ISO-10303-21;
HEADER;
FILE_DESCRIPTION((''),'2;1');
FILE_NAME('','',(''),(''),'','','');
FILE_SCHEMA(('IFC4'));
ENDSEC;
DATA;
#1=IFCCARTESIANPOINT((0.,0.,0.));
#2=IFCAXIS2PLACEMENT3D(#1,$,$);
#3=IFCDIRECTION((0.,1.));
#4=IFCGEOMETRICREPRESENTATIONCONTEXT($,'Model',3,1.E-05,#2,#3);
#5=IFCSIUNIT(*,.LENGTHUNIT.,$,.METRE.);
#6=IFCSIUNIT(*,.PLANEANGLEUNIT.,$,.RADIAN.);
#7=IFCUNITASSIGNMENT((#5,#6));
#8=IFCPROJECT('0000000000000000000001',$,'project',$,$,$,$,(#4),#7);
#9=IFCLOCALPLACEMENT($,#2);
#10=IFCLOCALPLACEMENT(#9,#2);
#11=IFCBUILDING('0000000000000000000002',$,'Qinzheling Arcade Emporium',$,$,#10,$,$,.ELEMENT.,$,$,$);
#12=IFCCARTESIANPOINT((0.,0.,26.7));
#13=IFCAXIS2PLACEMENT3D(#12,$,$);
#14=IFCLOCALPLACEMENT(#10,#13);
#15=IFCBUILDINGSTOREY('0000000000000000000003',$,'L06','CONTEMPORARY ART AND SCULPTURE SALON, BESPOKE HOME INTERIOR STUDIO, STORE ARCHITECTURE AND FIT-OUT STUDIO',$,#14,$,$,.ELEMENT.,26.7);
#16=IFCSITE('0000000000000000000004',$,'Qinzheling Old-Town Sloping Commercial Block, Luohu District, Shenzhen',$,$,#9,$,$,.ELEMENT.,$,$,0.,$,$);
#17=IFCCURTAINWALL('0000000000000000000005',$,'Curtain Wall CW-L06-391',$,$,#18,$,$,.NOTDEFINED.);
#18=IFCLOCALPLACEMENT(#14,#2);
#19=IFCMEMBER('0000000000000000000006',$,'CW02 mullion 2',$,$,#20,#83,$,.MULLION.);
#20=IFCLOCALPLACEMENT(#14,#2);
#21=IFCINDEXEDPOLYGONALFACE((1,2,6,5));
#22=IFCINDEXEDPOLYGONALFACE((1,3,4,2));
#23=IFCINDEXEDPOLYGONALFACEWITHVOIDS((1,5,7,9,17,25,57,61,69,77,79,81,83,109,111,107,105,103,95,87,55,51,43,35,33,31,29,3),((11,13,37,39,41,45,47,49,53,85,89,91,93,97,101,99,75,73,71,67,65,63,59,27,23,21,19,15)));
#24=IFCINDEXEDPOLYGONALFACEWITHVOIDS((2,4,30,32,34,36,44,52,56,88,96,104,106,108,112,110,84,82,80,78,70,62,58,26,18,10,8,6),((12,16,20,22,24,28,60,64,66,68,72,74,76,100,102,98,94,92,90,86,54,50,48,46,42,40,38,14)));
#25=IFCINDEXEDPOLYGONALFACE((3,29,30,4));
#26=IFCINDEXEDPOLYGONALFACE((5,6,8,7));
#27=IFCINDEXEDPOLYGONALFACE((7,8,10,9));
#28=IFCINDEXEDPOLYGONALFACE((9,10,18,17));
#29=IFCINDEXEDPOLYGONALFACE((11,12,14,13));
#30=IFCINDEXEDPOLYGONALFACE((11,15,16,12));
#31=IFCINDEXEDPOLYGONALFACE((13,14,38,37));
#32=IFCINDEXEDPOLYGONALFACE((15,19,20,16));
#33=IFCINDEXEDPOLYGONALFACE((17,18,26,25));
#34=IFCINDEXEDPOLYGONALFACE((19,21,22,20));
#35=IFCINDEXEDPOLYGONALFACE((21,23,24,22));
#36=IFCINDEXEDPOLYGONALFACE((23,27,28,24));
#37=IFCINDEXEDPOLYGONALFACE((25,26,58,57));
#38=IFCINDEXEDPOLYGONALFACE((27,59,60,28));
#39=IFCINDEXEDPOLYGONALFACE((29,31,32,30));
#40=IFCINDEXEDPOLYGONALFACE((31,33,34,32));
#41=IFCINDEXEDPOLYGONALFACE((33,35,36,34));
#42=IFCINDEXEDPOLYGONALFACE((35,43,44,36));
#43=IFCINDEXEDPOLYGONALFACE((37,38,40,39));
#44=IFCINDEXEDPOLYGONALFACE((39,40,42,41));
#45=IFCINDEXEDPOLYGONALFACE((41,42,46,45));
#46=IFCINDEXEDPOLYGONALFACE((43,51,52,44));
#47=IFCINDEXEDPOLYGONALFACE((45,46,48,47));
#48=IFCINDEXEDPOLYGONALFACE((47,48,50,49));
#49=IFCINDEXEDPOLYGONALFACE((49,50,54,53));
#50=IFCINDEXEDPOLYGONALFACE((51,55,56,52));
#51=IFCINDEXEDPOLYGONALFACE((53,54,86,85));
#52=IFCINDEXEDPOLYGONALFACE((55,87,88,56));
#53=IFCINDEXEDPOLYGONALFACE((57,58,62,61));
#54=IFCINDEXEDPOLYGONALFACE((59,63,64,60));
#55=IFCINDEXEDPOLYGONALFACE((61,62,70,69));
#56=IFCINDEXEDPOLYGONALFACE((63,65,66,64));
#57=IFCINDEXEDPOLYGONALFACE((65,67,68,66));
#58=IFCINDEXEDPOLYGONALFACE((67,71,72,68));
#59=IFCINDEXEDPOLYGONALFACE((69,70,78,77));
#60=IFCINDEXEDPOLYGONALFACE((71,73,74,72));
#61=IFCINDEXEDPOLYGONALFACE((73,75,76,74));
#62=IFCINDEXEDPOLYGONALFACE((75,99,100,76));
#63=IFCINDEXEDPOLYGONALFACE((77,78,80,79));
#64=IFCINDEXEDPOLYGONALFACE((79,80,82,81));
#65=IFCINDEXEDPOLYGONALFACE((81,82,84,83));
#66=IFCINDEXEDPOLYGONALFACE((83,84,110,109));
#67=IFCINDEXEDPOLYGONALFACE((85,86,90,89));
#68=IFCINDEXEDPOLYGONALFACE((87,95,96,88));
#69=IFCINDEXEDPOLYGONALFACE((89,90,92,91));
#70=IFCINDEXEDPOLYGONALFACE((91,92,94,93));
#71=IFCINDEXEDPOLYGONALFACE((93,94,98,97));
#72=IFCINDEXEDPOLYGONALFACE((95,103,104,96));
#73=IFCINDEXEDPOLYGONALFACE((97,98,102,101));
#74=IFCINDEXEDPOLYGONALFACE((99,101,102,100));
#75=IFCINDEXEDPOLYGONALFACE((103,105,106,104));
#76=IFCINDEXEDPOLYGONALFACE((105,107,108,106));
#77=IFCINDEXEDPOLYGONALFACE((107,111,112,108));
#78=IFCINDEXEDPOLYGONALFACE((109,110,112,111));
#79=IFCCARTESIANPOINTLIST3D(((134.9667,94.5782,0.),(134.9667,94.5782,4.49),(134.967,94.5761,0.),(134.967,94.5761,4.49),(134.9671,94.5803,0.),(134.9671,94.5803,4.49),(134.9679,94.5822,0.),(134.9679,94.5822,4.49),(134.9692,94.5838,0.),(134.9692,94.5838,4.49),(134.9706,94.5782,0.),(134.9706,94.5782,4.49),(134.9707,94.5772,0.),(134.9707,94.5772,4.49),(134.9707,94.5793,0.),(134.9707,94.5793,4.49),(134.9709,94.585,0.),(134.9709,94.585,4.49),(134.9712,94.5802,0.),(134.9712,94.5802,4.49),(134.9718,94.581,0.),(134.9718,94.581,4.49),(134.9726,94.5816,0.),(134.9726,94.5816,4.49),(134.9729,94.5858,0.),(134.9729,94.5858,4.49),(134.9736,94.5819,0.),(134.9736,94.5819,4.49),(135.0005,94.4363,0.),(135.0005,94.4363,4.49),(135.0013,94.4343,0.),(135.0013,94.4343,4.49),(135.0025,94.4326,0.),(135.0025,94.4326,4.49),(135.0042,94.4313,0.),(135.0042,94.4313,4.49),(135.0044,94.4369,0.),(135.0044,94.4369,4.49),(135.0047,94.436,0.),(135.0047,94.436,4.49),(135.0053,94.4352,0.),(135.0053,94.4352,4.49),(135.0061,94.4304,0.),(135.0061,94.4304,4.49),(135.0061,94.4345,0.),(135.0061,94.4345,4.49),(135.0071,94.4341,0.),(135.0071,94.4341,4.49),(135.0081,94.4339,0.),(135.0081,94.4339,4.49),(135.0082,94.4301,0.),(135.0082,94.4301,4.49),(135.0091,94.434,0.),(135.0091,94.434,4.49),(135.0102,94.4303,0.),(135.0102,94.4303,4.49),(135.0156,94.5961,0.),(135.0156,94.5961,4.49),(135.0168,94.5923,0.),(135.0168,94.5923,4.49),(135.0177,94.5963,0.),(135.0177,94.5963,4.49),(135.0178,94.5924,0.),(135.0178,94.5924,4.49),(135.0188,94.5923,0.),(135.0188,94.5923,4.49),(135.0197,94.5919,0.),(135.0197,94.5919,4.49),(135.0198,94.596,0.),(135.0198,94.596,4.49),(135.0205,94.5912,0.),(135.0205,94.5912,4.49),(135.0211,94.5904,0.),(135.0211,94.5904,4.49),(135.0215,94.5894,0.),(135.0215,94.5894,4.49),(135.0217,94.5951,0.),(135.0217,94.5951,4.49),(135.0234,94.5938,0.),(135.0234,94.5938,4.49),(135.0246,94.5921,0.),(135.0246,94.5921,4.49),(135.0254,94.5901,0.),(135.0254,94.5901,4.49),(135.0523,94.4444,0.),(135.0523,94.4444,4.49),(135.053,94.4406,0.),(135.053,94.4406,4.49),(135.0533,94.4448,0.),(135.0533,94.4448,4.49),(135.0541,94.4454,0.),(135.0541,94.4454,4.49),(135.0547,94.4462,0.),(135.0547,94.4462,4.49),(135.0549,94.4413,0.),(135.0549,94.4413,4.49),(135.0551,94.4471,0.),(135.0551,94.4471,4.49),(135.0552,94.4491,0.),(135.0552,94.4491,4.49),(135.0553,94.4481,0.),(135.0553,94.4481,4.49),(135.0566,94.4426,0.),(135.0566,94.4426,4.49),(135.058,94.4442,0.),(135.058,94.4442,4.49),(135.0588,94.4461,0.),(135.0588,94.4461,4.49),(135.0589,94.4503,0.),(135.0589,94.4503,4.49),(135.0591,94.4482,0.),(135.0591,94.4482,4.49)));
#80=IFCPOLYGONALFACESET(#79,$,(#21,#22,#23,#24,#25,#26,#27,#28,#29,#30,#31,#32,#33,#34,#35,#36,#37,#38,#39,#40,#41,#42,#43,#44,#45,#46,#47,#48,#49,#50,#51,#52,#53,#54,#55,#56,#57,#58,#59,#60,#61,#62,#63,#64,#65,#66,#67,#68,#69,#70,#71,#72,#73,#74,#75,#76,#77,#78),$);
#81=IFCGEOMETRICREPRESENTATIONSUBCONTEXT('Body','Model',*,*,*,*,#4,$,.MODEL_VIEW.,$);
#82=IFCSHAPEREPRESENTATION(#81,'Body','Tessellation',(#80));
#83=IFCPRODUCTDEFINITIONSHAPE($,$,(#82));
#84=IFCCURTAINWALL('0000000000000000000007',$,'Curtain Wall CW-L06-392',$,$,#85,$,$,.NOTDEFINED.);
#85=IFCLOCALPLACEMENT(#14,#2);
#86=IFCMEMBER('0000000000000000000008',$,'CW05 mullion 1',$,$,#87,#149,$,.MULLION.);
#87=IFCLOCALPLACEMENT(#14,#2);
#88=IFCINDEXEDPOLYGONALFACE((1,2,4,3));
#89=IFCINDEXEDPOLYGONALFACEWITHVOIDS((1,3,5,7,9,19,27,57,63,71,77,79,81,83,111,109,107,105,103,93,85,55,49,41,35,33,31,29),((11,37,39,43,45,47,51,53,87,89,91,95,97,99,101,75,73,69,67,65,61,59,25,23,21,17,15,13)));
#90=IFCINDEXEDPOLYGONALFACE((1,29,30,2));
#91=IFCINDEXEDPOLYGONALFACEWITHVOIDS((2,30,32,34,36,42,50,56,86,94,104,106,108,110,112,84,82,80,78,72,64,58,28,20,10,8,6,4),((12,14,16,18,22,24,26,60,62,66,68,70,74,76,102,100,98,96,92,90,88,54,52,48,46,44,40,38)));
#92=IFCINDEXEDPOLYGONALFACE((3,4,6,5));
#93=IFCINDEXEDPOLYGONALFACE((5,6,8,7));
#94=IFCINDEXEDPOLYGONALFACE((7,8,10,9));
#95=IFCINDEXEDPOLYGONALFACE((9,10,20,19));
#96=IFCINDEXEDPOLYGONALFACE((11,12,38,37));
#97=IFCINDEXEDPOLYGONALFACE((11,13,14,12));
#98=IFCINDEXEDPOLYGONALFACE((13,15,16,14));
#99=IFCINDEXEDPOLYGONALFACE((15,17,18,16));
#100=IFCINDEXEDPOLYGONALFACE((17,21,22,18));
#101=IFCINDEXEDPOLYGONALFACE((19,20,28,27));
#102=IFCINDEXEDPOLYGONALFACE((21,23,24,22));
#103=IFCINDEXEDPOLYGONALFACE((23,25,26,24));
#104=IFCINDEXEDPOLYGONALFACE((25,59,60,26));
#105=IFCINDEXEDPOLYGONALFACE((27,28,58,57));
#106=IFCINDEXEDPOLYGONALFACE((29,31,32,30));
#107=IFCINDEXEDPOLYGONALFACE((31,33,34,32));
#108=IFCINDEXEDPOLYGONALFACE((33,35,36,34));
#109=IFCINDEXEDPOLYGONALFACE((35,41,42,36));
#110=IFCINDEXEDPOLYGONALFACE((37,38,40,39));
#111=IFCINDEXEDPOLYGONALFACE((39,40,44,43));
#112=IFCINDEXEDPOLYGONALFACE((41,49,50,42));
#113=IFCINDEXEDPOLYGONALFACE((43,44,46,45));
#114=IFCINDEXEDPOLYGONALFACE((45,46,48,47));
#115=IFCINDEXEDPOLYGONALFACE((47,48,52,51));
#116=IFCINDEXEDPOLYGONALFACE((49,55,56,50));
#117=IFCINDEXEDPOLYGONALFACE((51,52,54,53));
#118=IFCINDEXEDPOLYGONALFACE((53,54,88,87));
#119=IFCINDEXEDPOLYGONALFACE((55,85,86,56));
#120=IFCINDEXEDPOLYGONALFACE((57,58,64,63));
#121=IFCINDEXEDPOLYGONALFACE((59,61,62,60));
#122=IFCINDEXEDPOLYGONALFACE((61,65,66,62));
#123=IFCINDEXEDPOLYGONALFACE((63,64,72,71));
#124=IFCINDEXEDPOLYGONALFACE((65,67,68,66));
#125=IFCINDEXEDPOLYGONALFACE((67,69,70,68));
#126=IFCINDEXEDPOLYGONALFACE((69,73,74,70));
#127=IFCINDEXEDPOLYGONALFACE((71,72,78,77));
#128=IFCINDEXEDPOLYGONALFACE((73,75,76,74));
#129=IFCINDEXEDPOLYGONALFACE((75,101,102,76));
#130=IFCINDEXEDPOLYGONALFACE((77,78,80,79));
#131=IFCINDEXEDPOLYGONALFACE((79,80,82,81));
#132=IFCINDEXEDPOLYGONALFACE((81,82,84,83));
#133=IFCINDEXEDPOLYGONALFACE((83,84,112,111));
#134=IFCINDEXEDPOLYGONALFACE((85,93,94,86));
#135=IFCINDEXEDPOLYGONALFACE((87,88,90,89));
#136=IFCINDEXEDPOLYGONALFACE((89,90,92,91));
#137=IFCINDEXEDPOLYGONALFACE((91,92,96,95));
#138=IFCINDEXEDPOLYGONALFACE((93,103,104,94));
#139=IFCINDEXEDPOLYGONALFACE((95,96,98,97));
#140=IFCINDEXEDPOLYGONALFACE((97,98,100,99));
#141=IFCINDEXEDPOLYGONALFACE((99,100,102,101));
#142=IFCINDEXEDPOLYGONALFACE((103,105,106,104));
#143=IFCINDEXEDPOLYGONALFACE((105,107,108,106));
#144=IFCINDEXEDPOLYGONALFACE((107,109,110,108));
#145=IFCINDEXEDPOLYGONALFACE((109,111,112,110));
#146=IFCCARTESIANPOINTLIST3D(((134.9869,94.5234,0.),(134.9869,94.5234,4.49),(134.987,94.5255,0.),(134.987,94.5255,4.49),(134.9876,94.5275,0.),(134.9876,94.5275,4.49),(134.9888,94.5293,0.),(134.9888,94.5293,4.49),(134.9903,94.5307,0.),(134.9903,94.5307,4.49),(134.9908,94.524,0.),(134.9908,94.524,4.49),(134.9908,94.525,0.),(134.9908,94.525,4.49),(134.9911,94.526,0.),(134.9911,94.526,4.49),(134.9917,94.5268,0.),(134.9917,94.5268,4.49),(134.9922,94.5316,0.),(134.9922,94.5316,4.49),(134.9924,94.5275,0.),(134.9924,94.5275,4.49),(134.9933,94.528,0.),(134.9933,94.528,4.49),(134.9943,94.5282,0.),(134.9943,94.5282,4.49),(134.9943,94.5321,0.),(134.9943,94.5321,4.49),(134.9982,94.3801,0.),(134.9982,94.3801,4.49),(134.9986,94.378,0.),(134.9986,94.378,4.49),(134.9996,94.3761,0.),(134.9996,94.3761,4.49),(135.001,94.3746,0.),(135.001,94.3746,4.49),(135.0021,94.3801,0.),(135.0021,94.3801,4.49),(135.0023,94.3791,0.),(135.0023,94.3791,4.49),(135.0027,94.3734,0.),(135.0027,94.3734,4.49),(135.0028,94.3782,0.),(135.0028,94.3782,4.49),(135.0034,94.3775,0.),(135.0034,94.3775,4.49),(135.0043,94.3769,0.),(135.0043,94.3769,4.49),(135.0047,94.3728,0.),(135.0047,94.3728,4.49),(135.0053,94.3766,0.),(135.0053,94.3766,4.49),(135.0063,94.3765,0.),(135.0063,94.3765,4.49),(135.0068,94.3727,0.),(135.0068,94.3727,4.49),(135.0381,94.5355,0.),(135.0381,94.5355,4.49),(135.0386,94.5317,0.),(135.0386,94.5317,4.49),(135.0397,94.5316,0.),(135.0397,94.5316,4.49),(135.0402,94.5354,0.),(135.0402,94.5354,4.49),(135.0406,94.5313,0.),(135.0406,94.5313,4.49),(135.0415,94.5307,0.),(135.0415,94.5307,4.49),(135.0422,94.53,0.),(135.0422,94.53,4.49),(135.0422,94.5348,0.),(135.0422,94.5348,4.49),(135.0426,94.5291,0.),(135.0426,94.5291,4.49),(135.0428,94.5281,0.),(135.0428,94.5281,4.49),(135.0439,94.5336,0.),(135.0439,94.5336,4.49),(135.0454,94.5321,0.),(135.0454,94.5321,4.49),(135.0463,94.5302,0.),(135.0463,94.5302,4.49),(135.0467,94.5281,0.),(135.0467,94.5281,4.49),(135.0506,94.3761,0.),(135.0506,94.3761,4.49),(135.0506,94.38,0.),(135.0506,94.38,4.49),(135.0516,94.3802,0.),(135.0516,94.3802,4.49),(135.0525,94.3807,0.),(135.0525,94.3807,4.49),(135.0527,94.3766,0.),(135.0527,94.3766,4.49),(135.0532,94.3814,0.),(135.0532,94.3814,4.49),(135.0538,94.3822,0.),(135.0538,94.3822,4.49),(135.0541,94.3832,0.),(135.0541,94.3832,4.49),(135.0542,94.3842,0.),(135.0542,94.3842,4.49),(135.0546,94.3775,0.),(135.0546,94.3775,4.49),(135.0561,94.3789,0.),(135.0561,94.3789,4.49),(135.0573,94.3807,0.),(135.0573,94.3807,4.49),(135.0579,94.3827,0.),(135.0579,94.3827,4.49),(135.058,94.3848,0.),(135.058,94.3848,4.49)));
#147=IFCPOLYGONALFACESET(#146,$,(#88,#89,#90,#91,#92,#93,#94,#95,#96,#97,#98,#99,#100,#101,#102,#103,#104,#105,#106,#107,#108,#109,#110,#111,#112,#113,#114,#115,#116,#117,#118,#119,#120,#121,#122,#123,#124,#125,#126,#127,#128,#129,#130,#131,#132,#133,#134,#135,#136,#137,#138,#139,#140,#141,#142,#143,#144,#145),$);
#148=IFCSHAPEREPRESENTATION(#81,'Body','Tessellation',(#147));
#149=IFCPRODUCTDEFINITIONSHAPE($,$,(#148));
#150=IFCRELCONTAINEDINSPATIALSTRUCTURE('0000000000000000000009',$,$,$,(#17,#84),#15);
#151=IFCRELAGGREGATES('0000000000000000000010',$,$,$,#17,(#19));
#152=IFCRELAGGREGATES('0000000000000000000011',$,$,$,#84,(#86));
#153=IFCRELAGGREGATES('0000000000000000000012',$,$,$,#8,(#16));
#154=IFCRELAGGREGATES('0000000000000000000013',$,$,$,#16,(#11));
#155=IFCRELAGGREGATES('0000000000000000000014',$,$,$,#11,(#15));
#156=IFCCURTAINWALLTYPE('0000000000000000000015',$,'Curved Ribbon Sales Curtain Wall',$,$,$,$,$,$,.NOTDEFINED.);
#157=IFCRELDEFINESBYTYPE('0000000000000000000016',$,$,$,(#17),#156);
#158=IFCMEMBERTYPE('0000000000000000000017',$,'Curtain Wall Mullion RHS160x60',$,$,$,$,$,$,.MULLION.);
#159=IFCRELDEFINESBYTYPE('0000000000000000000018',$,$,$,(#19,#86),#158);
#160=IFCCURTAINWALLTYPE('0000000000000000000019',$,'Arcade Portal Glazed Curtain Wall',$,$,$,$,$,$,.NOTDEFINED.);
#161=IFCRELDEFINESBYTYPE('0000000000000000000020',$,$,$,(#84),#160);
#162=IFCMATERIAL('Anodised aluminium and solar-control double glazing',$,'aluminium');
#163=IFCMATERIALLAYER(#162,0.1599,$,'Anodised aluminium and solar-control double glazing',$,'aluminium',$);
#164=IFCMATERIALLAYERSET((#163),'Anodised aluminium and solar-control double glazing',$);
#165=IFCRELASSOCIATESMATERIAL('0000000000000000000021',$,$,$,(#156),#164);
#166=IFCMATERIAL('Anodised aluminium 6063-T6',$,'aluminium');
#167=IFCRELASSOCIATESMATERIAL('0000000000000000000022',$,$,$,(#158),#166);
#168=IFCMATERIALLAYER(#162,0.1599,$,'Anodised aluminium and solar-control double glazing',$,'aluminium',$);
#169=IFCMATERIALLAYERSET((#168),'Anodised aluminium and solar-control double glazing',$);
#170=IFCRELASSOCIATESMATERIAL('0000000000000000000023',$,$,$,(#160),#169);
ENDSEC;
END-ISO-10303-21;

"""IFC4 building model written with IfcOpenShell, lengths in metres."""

from ifc_helpers import new_model, si_unit, direction, frame, origin, origin_2d, place, context, subcontext, project, spatial, hollow_rectangle, extrude, material, layer, layer_set, material_profile, profile_set, type_object, element, aggregate, save


model = new_model("IFC4")

# Units and contexts
model_context = context("Model", 3, precision=1e-05, world=origin(), true_north=direction((0.0, 1.0)))
body_context = subcontext(model_context, "Body", "Model", "MODEL_VIEW")
ifc_project = project(units=[si_unit("LENGTHUNIT", "METRE"), si_unit("PLANEANGLEUNIT", "RADIAN")], contexts=[model_context])

# Site, building, storey
site_placement = place(None, origin())
site = spatial("IfcSite", under=ifc_project, at=site_placement, Name="Qinzheling Old-Town Sloping Commercial Block, Luohu District, Shenzhen", CompositionType="ELEMENT", RefElevation=0.0)
building_placement = place(site_placement, origin())
building = spatial("IfcBuilding", under=site, at=building_placement, Name="Qinzheling Arcade Emporium", CompositionType="ELEMENT")
storey_placement = place(building_placement, frame((0.0, 0.0, 26.7)))
storey = spatial("IfcBuildingStorey", under=building, at=storey_placement, Name="L06", Description="CONTEMPORARY ART AND SCULPTURE SALON, BESPOKE HOME INTERIOR STUDIO, STORE ARCHITECTURE AND FIT-OUT STUDIO", CompositionType="ELEMENT", Elevation=26.7)

# Shared definitions
ifc_material_1 = material(Name="Anodised aluminium and solar-control double glazing", Category="aluminium")
ifc_layer_1 = layer(ifc_material_1, 0.1599, Name="Anodised aluminium and solar-control double glazing", Category="aluminium")
ifc_layer_set_1 = layer_set([ifc_layer_1], Name="Anodised aluminium and solar-control double glazing")
curtain_wall_type_1 = type_object("IfcCurtainWallType", Name="Curved Ribbon Sales Curtain Wall", PredefinedType="NOTDEFINED", material=ifc_layer_set_1)
ifc_material_2 = material(Name="Anodised aluminium 6063-T6", Category="aluminium")
ifc_material_profile_1 = material_profile(ifc_material_2, hollow_rectangle(XDim=0.0601, YDim=0.1599, WallThickness=0.0039, InnerFilletRadius=0.0039, OuterFilletRadius=0.0081, at=origin_2d()), Name="RHS 160x60x4", Category="aluminium")
ifc_profile_set_1 = profile_set([ifc_material_profile_1], Name="Anodised aluminium 6063-T6")
member_type_1 = type_object("IfcMemberType", Name="Curtain Wall Mullion RHS160x60", PredefinedType="MULLION", material=ifc_profile_set_1)

# Curtain walls, members
curtain_wall_1_placement = place(storey_placement, origin())
curtain_wall_1 = element("IfcCurtainWall", 1, at=curtain_wall_1_placement, inside=storey, type_object=curtain_wall_type_1, Name="Curtain Wall CW-L06-391", PredefinedType="NOTDEFINED")
member_1_placement = place(storey_placement, frame((135.0129, 94.5132, 0.0), z_axis=(0.0, 0.0, 1.0), x_axis=(0.97236, 0.233488, 0.0)))
member_1 = element("IfcMember", 2, at=member_1_placement, type_object=member_type_1, Name="CW02 mullion 2", PredefinedType="MULLION", context=body_context, shape_type="SweptSolid", body=[
    extrude(hollow_rectangle(XDim=0.0601, YDim=0.1599, WallThickness=0.0039, InnerFilletRadius=0.0039, OuterFilletRadius=0.0081, at=origin_2d()), origin(), (0.0, 0.0, 1.0), 4.49),
])
ifc_layer_2 = layer(ifc_material_1, 0.1599, Name="Anodised aluminium and solar-control double glazing", Category="aluminium")
ifc_layer_set_2 = layer_set([ifc_layer_2], Name="Anodised aluminium and solar-control double glazing")
curtain_wall_type_2 = type_object("IfcCurtainWallType", Name="Arcade Portal Glazed Curtain Wall", PredefinedType="NOTDEFINED", material=ifc_layer_set_2)
curtain_wall_2_placement = place(storey_placement, origin())
curtain_wall_2 = element("IfcCurtainWall", 3, at=curtain_wall_2_placement, inside=storey, type_object=curtain_wall_type_2, Name="Curtain Wall CW-L06-392", PredefinedType="NOTDEFINED")
member_2_placement = place(storey_placement, frame((135.0225, 94.4541, 0.0), z_axis=(0.0, 0.0, 1.0), x_axis=(0.996909, 0.078566, 0.0)))
member_2 = element("IfcMember", 4, at=member_2_placement, type_object=member_type_1, Name="CW05 mullion 1", PredefinedType="MULLION", context=body_context, shape_type="SweptSolid", body=[
    extrude(hollow_rectangle(XDim=0.0601, YDim=0.1599, WallThickness=0.0039, InnerFilletRadius=0.0039, OuterFilletRadius=0.0081, at=origin_2d()), origin(), (0.0, 0.0, 1.0), 4.49),
])

aggregate(curtain_wall_1, [member_1])
aggregate(curtain_wall_2, [member_2])

save(model, "model.ifc")
